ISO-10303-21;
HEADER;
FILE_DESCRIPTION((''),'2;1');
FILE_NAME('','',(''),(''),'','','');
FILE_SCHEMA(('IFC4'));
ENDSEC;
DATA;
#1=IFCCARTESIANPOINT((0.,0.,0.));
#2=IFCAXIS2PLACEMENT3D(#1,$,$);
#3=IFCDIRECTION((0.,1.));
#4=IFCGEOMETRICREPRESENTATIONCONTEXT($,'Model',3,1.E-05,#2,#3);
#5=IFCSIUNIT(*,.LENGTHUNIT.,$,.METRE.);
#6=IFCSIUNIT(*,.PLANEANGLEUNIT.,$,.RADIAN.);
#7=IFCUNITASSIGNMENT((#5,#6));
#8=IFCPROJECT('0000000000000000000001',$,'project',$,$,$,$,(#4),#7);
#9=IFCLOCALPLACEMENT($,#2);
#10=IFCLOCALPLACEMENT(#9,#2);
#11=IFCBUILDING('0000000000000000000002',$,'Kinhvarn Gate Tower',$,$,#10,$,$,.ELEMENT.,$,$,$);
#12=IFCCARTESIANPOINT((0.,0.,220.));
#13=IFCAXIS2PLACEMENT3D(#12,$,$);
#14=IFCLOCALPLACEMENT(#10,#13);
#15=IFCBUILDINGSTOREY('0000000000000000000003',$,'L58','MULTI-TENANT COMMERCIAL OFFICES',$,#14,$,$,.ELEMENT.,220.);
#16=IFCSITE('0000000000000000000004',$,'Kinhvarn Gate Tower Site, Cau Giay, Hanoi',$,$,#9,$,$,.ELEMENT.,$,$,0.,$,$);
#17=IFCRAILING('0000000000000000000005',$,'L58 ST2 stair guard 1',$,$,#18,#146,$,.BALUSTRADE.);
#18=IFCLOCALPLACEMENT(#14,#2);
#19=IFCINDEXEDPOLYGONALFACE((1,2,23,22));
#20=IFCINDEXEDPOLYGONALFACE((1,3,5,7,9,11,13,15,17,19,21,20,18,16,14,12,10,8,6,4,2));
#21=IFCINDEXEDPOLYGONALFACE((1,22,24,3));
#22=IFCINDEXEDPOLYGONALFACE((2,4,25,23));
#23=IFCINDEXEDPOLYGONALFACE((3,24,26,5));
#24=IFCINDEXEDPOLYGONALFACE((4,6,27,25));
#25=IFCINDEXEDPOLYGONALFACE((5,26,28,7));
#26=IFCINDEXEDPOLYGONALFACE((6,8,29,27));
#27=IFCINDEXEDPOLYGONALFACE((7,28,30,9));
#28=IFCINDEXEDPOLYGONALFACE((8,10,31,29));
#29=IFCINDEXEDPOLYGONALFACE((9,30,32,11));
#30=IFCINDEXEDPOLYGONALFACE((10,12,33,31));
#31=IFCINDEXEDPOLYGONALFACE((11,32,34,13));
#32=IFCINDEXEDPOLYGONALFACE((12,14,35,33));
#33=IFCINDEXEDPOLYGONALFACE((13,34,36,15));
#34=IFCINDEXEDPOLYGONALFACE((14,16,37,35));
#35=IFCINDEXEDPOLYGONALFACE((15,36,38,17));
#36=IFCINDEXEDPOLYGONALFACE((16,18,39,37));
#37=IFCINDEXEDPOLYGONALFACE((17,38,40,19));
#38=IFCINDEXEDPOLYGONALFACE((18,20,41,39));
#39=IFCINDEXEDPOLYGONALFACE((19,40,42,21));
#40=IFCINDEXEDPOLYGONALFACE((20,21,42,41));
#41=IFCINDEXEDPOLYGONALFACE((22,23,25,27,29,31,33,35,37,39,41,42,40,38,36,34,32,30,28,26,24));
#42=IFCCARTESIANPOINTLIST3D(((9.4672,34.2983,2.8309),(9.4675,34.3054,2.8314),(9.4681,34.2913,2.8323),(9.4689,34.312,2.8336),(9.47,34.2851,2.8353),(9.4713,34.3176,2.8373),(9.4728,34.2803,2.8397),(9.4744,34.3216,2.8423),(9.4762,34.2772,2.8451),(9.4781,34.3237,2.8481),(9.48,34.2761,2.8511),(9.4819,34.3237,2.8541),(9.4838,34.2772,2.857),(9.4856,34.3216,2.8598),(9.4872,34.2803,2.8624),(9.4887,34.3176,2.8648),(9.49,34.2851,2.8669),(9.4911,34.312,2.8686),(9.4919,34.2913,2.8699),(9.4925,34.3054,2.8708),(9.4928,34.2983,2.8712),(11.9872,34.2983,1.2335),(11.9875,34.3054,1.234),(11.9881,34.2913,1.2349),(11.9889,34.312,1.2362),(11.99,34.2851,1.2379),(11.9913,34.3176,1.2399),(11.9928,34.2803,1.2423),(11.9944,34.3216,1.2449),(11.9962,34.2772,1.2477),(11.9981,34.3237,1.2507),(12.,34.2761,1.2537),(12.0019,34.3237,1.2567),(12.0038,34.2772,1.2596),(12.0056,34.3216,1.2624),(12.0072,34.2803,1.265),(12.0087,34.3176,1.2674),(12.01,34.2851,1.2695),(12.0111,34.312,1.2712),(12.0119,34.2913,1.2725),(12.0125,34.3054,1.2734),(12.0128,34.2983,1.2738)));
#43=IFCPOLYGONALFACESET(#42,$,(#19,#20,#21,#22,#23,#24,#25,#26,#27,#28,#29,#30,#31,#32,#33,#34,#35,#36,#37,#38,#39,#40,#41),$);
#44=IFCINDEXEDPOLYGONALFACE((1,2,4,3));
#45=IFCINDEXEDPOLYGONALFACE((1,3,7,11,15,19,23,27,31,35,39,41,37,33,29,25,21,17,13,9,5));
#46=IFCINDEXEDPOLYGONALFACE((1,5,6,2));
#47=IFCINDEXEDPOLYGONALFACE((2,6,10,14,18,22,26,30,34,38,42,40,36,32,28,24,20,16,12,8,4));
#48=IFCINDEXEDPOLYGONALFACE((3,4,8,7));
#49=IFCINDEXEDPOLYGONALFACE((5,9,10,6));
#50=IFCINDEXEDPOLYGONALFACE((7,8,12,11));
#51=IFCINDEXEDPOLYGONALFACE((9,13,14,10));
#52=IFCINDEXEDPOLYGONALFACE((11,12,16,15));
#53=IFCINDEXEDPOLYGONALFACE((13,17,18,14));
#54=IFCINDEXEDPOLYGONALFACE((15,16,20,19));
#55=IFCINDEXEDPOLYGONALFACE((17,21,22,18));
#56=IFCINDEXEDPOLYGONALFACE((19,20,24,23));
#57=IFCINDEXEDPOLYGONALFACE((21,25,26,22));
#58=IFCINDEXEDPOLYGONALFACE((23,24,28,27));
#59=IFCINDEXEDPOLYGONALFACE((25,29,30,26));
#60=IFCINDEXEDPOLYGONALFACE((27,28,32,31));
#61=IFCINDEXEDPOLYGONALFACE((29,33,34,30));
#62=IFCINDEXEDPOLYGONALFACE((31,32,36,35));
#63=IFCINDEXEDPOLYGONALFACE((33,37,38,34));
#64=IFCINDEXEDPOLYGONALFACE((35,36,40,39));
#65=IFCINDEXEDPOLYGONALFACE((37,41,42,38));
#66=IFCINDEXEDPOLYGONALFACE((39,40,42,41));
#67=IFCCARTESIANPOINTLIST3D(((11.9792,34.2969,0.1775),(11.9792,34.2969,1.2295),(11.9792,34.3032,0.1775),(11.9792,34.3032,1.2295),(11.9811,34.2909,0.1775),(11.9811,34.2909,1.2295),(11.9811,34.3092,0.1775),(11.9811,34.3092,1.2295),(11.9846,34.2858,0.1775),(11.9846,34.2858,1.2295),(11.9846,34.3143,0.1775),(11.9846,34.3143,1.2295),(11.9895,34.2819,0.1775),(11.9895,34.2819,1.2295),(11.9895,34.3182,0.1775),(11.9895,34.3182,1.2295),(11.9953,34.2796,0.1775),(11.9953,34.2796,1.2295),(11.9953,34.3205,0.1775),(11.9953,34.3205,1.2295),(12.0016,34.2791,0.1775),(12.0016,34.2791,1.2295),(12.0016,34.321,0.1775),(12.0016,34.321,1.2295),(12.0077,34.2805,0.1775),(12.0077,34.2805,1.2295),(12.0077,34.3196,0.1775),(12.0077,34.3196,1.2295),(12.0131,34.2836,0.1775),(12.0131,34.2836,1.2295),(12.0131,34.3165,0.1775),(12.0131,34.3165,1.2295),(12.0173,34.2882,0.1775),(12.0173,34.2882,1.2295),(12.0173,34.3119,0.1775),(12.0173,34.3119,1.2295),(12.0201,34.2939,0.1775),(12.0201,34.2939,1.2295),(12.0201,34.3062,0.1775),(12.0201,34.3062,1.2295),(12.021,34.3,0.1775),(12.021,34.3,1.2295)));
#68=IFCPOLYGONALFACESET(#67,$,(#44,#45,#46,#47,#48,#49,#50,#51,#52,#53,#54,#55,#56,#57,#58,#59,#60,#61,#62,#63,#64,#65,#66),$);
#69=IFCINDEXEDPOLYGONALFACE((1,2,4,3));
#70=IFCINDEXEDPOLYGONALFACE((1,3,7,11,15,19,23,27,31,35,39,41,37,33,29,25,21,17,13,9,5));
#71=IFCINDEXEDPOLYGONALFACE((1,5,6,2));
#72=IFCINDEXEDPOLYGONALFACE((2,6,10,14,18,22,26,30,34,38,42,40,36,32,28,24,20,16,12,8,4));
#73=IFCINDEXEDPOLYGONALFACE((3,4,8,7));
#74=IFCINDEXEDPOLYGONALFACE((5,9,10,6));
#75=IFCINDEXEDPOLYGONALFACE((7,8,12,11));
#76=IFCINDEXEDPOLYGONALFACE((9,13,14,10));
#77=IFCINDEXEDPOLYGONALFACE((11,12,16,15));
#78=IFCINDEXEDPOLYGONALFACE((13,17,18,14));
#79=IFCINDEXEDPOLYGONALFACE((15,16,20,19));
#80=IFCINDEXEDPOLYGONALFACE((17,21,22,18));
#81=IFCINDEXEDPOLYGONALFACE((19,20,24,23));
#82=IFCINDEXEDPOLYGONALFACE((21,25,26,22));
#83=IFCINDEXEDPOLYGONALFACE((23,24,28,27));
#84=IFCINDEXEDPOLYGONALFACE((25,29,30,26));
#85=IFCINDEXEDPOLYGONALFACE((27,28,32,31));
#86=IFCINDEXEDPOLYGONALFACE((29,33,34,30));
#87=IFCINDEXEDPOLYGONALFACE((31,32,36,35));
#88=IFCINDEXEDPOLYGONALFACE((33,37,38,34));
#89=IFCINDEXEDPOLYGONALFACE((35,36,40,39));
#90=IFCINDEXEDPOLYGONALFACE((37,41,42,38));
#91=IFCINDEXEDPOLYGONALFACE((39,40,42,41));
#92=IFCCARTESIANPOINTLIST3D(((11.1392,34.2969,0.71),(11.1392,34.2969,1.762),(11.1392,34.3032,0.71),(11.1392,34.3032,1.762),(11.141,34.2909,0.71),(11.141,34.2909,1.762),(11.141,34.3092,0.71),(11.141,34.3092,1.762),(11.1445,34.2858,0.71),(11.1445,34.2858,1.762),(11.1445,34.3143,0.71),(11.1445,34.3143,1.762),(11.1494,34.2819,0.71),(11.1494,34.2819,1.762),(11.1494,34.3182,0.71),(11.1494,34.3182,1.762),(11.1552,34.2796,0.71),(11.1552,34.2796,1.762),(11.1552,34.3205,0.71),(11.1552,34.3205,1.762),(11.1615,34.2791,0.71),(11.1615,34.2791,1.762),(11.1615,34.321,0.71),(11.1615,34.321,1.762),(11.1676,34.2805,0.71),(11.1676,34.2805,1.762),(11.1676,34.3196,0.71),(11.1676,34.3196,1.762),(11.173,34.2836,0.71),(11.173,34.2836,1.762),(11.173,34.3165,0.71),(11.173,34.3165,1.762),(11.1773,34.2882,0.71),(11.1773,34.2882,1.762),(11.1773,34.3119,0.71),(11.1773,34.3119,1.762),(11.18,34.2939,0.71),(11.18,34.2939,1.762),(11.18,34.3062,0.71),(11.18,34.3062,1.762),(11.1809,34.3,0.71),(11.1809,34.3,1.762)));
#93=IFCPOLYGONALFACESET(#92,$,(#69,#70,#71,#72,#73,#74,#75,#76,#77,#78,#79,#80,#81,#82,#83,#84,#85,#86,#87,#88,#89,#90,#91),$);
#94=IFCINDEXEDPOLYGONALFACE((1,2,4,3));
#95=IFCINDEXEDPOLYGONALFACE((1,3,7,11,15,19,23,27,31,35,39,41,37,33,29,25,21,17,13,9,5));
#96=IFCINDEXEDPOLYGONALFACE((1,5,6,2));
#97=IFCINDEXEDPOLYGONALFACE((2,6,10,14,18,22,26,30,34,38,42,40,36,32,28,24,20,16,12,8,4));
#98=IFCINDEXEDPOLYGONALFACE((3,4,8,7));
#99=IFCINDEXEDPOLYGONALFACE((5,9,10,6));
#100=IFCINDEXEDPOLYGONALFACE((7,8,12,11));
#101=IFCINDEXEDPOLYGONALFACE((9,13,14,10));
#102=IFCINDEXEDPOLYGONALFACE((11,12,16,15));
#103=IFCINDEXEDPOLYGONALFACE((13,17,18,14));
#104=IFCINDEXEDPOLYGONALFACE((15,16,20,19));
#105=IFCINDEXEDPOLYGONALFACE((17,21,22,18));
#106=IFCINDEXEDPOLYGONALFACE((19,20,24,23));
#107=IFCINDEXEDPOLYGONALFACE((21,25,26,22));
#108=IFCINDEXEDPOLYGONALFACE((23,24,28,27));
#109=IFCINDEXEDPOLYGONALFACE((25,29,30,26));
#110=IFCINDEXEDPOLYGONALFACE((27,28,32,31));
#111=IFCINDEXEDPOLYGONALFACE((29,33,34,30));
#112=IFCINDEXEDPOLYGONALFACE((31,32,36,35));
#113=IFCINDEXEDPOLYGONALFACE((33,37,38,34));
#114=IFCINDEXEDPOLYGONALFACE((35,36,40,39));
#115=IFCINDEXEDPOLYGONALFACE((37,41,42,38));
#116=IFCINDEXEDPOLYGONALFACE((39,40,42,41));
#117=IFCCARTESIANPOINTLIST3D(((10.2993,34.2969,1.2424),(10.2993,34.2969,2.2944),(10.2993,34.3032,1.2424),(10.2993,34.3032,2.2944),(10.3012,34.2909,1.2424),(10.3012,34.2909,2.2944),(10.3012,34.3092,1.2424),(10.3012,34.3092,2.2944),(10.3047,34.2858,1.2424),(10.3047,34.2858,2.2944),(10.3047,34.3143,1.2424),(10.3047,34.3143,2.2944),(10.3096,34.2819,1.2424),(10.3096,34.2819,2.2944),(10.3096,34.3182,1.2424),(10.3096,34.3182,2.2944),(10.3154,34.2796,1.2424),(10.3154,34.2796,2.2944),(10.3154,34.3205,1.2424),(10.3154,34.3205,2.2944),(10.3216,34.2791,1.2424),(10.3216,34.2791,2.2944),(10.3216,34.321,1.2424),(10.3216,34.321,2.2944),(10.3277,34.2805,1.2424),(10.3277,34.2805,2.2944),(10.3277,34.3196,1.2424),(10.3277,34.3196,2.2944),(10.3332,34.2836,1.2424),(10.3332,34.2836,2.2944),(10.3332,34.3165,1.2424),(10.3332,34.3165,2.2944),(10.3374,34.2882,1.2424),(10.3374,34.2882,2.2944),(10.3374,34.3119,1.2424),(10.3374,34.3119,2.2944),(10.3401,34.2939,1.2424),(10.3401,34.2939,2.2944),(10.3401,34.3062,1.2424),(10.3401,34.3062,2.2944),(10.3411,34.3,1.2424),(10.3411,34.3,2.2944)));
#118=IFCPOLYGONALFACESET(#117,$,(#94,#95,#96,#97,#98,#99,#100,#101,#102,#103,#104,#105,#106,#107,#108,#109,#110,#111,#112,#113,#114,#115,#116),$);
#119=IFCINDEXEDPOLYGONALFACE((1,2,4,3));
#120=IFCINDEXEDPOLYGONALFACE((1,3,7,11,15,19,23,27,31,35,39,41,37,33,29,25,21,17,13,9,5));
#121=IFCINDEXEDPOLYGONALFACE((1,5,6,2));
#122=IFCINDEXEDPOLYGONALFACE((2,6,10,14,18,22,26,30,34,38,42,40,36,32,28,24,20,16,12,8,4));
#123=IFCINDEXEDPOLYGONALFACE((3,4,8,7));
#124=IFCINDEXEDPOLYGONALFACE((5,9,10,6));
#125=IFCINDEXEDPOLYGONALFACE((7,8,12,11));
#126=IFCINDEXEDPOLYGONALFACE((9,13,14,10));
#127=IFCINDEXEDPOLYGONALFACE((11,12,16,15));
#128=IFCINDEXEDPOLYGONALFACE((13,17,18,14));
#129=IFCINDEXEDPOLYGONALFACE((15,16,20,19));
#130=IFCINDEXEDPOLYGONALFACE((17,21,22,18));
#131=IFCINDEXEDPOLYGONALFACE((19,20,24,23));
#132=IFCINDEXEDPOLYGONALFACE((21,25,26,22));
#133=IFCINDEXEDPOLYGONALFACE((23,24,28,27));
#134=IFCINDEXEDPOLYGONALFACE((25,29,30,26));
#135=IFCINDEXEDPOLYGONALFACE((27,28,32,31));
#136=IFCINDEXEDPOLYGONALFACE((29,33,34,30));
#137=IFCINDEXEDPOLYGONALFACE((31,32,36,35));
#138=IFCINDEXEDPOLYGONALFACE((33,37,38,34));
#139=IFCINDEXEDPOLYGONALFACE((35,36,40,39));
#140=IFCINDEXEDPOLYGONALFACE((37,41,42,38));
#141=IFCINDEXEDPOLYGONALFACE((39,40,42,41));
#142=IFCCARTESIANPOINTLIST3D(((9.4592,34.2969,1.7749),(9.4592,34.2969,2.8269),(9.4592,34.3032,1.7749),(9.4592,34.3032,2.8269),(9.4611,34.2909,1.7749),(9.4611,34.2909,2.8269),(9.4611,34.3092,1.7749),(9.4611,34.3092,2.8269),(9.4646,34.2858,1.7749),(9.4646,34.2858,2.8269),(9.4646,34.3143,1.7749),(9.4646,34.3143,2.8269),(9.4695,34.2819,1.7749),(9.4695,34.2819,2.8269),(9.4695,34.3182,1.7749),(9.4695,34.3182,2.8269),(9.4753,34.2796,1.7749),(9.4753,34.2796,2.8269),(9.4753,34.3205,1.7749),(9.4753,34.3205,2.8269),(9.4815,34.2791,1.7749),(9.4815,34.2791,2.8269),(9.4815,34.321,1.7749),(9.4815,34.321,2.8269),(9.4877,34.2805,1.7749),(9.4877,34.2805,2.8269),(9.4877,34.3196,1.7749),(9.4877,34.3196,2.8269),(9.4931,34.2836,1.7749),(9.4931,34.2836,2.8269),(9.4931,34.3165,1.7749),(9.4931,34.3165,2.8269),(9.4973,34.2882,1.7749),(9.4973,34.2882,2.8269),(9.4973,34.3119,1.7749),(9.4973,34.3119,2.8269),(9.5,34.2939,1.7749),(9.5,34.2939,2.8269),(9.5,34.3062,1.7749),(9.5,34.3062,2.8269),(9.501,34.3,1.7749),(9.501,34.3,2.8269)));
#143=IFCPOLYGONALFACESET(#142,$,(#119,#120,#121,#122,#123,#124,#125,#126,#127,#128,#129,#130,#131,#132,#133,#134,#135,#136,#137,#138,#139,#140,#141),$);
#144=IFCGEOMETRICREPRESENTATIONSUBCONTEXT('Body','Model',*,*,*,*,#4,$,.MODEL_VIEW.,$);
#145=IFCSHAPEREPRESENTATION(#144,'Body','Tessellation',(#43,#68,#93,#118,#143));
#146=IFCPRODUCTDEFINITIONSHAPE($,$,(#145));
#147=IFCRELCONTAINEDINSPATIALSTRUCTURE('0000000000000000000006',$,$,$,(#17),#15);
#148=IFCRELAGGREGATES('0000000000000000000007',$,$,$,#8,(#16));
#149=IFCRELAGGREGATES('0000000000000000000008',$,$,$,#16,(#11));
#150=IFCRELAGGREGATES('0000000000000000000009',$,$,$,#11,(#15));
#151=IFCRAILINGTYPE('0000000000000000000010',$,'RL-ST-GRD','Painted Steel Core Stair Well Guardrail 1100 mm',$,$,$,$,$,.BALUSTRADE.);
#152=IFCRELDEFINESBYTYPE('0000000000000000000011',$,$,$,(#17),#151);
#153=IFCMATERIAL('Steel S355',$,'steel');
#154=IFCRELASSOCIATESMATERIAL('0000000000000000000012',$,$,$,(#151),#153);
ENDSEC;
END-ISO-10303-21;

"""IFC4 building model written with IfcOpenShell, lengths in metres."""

from ifc_helpers import new_model, si_unit, direction, frame, origin, origin_2d, place, context, subcontext, project, spatial, circle, extrude, material, type_object, element, save


model = new_model("IFC4")

# Units and contexts
model_context = context("Model", 3, precision=1e-05, world=origin(), true_north=direction((0.0, 1.0)))
body_context = subcontext(model_context, "Body", "Model", "MODEL_VIEW")
ifc_project = project(units=[si_unit("LENGTHUNIT", "METRE"), si_unit("PLANEANGLEUNIT", "RADIAN")], contexts=[model_context])

# Site, building, storey
site_placement = place(None, origin())
site = spatial("IfcSite", under=ifc_project, at=site_placement, Name="Kinhvarn Gate Tower Site, Cau Giay, Hanoi", CompositionType="ELEMENT", RefElevation=0.0)
building_placement = place(site_placement, origin())
building = spatial("IfcBuilding", under=site, at=building_placement, Name="Kinhvarn Gate Tower", CompositionType="ELEMENT")
storey_placement = place(building_placement, frame((0.0, 0.0, 220.0)))
storey = spatial("IfcBuildingStorey", under=building, at=storey_placement, Name="L58", Description="MULTI-TENANT COMMERCIAL OFFICES", CompositionType="ELEMENT", Elevation=220.0)

# Shared definitions
ifc_material_1 = material(Name="Steel S355", Category="steel")

# Railing
railing_type_1 = type_object("IfcRailingType", Name="RL-ST-GRD", Description="Painted Steel Core Stair Well Guardrail 1100 mm", PredefinedType="BALUSTRADE", material=ifc_material_1)
railing_1_placement = place(storey_placement, frame((12.0, 34.3, 0.1775)))
element("IfcRailing", 1, at=railing_1_placement, inside=storey, type_object=railing_type_1, Name="L58 ST2 stair guard 1", PredefinedType="BALUSTRADE", context=body_context, shape_type="SweptSolid", body=[
    extrude(circle(Radius=0.0239, at=origin_2d()), frame((0.0, 0.0, 1.0762), z_axis=(-0.844607, 0.0, 0.535387), x_axis=(0.0, -1.0, 0.0)), (0.0, 0.0, 1.0), 2.9836),
    extrude(circle(Radius=0.021, at=origin_2d()), origin(), (0.0, 0.0, 1.0), 1.052),
    extrude(circle(Radius=0.021, at=origin_2d()), frame((-0.8401, 0.0, 0.5325)), (0.0, 0.0, 1.0), 1.052),
    extrude(circle(Radius=0.021, at=origin_2d()), frame((-1.6799, 0.0, 1.0649)), (0.0, 0.0, 1.0), 1.052),
    extrude(circle(Radius=0.021, at=origin_2d()), frame((-2.52, 0.0, 1.5974)), (0.0, 0.0, 1.0), 1.052),
])

save(model, "model.ifc")
